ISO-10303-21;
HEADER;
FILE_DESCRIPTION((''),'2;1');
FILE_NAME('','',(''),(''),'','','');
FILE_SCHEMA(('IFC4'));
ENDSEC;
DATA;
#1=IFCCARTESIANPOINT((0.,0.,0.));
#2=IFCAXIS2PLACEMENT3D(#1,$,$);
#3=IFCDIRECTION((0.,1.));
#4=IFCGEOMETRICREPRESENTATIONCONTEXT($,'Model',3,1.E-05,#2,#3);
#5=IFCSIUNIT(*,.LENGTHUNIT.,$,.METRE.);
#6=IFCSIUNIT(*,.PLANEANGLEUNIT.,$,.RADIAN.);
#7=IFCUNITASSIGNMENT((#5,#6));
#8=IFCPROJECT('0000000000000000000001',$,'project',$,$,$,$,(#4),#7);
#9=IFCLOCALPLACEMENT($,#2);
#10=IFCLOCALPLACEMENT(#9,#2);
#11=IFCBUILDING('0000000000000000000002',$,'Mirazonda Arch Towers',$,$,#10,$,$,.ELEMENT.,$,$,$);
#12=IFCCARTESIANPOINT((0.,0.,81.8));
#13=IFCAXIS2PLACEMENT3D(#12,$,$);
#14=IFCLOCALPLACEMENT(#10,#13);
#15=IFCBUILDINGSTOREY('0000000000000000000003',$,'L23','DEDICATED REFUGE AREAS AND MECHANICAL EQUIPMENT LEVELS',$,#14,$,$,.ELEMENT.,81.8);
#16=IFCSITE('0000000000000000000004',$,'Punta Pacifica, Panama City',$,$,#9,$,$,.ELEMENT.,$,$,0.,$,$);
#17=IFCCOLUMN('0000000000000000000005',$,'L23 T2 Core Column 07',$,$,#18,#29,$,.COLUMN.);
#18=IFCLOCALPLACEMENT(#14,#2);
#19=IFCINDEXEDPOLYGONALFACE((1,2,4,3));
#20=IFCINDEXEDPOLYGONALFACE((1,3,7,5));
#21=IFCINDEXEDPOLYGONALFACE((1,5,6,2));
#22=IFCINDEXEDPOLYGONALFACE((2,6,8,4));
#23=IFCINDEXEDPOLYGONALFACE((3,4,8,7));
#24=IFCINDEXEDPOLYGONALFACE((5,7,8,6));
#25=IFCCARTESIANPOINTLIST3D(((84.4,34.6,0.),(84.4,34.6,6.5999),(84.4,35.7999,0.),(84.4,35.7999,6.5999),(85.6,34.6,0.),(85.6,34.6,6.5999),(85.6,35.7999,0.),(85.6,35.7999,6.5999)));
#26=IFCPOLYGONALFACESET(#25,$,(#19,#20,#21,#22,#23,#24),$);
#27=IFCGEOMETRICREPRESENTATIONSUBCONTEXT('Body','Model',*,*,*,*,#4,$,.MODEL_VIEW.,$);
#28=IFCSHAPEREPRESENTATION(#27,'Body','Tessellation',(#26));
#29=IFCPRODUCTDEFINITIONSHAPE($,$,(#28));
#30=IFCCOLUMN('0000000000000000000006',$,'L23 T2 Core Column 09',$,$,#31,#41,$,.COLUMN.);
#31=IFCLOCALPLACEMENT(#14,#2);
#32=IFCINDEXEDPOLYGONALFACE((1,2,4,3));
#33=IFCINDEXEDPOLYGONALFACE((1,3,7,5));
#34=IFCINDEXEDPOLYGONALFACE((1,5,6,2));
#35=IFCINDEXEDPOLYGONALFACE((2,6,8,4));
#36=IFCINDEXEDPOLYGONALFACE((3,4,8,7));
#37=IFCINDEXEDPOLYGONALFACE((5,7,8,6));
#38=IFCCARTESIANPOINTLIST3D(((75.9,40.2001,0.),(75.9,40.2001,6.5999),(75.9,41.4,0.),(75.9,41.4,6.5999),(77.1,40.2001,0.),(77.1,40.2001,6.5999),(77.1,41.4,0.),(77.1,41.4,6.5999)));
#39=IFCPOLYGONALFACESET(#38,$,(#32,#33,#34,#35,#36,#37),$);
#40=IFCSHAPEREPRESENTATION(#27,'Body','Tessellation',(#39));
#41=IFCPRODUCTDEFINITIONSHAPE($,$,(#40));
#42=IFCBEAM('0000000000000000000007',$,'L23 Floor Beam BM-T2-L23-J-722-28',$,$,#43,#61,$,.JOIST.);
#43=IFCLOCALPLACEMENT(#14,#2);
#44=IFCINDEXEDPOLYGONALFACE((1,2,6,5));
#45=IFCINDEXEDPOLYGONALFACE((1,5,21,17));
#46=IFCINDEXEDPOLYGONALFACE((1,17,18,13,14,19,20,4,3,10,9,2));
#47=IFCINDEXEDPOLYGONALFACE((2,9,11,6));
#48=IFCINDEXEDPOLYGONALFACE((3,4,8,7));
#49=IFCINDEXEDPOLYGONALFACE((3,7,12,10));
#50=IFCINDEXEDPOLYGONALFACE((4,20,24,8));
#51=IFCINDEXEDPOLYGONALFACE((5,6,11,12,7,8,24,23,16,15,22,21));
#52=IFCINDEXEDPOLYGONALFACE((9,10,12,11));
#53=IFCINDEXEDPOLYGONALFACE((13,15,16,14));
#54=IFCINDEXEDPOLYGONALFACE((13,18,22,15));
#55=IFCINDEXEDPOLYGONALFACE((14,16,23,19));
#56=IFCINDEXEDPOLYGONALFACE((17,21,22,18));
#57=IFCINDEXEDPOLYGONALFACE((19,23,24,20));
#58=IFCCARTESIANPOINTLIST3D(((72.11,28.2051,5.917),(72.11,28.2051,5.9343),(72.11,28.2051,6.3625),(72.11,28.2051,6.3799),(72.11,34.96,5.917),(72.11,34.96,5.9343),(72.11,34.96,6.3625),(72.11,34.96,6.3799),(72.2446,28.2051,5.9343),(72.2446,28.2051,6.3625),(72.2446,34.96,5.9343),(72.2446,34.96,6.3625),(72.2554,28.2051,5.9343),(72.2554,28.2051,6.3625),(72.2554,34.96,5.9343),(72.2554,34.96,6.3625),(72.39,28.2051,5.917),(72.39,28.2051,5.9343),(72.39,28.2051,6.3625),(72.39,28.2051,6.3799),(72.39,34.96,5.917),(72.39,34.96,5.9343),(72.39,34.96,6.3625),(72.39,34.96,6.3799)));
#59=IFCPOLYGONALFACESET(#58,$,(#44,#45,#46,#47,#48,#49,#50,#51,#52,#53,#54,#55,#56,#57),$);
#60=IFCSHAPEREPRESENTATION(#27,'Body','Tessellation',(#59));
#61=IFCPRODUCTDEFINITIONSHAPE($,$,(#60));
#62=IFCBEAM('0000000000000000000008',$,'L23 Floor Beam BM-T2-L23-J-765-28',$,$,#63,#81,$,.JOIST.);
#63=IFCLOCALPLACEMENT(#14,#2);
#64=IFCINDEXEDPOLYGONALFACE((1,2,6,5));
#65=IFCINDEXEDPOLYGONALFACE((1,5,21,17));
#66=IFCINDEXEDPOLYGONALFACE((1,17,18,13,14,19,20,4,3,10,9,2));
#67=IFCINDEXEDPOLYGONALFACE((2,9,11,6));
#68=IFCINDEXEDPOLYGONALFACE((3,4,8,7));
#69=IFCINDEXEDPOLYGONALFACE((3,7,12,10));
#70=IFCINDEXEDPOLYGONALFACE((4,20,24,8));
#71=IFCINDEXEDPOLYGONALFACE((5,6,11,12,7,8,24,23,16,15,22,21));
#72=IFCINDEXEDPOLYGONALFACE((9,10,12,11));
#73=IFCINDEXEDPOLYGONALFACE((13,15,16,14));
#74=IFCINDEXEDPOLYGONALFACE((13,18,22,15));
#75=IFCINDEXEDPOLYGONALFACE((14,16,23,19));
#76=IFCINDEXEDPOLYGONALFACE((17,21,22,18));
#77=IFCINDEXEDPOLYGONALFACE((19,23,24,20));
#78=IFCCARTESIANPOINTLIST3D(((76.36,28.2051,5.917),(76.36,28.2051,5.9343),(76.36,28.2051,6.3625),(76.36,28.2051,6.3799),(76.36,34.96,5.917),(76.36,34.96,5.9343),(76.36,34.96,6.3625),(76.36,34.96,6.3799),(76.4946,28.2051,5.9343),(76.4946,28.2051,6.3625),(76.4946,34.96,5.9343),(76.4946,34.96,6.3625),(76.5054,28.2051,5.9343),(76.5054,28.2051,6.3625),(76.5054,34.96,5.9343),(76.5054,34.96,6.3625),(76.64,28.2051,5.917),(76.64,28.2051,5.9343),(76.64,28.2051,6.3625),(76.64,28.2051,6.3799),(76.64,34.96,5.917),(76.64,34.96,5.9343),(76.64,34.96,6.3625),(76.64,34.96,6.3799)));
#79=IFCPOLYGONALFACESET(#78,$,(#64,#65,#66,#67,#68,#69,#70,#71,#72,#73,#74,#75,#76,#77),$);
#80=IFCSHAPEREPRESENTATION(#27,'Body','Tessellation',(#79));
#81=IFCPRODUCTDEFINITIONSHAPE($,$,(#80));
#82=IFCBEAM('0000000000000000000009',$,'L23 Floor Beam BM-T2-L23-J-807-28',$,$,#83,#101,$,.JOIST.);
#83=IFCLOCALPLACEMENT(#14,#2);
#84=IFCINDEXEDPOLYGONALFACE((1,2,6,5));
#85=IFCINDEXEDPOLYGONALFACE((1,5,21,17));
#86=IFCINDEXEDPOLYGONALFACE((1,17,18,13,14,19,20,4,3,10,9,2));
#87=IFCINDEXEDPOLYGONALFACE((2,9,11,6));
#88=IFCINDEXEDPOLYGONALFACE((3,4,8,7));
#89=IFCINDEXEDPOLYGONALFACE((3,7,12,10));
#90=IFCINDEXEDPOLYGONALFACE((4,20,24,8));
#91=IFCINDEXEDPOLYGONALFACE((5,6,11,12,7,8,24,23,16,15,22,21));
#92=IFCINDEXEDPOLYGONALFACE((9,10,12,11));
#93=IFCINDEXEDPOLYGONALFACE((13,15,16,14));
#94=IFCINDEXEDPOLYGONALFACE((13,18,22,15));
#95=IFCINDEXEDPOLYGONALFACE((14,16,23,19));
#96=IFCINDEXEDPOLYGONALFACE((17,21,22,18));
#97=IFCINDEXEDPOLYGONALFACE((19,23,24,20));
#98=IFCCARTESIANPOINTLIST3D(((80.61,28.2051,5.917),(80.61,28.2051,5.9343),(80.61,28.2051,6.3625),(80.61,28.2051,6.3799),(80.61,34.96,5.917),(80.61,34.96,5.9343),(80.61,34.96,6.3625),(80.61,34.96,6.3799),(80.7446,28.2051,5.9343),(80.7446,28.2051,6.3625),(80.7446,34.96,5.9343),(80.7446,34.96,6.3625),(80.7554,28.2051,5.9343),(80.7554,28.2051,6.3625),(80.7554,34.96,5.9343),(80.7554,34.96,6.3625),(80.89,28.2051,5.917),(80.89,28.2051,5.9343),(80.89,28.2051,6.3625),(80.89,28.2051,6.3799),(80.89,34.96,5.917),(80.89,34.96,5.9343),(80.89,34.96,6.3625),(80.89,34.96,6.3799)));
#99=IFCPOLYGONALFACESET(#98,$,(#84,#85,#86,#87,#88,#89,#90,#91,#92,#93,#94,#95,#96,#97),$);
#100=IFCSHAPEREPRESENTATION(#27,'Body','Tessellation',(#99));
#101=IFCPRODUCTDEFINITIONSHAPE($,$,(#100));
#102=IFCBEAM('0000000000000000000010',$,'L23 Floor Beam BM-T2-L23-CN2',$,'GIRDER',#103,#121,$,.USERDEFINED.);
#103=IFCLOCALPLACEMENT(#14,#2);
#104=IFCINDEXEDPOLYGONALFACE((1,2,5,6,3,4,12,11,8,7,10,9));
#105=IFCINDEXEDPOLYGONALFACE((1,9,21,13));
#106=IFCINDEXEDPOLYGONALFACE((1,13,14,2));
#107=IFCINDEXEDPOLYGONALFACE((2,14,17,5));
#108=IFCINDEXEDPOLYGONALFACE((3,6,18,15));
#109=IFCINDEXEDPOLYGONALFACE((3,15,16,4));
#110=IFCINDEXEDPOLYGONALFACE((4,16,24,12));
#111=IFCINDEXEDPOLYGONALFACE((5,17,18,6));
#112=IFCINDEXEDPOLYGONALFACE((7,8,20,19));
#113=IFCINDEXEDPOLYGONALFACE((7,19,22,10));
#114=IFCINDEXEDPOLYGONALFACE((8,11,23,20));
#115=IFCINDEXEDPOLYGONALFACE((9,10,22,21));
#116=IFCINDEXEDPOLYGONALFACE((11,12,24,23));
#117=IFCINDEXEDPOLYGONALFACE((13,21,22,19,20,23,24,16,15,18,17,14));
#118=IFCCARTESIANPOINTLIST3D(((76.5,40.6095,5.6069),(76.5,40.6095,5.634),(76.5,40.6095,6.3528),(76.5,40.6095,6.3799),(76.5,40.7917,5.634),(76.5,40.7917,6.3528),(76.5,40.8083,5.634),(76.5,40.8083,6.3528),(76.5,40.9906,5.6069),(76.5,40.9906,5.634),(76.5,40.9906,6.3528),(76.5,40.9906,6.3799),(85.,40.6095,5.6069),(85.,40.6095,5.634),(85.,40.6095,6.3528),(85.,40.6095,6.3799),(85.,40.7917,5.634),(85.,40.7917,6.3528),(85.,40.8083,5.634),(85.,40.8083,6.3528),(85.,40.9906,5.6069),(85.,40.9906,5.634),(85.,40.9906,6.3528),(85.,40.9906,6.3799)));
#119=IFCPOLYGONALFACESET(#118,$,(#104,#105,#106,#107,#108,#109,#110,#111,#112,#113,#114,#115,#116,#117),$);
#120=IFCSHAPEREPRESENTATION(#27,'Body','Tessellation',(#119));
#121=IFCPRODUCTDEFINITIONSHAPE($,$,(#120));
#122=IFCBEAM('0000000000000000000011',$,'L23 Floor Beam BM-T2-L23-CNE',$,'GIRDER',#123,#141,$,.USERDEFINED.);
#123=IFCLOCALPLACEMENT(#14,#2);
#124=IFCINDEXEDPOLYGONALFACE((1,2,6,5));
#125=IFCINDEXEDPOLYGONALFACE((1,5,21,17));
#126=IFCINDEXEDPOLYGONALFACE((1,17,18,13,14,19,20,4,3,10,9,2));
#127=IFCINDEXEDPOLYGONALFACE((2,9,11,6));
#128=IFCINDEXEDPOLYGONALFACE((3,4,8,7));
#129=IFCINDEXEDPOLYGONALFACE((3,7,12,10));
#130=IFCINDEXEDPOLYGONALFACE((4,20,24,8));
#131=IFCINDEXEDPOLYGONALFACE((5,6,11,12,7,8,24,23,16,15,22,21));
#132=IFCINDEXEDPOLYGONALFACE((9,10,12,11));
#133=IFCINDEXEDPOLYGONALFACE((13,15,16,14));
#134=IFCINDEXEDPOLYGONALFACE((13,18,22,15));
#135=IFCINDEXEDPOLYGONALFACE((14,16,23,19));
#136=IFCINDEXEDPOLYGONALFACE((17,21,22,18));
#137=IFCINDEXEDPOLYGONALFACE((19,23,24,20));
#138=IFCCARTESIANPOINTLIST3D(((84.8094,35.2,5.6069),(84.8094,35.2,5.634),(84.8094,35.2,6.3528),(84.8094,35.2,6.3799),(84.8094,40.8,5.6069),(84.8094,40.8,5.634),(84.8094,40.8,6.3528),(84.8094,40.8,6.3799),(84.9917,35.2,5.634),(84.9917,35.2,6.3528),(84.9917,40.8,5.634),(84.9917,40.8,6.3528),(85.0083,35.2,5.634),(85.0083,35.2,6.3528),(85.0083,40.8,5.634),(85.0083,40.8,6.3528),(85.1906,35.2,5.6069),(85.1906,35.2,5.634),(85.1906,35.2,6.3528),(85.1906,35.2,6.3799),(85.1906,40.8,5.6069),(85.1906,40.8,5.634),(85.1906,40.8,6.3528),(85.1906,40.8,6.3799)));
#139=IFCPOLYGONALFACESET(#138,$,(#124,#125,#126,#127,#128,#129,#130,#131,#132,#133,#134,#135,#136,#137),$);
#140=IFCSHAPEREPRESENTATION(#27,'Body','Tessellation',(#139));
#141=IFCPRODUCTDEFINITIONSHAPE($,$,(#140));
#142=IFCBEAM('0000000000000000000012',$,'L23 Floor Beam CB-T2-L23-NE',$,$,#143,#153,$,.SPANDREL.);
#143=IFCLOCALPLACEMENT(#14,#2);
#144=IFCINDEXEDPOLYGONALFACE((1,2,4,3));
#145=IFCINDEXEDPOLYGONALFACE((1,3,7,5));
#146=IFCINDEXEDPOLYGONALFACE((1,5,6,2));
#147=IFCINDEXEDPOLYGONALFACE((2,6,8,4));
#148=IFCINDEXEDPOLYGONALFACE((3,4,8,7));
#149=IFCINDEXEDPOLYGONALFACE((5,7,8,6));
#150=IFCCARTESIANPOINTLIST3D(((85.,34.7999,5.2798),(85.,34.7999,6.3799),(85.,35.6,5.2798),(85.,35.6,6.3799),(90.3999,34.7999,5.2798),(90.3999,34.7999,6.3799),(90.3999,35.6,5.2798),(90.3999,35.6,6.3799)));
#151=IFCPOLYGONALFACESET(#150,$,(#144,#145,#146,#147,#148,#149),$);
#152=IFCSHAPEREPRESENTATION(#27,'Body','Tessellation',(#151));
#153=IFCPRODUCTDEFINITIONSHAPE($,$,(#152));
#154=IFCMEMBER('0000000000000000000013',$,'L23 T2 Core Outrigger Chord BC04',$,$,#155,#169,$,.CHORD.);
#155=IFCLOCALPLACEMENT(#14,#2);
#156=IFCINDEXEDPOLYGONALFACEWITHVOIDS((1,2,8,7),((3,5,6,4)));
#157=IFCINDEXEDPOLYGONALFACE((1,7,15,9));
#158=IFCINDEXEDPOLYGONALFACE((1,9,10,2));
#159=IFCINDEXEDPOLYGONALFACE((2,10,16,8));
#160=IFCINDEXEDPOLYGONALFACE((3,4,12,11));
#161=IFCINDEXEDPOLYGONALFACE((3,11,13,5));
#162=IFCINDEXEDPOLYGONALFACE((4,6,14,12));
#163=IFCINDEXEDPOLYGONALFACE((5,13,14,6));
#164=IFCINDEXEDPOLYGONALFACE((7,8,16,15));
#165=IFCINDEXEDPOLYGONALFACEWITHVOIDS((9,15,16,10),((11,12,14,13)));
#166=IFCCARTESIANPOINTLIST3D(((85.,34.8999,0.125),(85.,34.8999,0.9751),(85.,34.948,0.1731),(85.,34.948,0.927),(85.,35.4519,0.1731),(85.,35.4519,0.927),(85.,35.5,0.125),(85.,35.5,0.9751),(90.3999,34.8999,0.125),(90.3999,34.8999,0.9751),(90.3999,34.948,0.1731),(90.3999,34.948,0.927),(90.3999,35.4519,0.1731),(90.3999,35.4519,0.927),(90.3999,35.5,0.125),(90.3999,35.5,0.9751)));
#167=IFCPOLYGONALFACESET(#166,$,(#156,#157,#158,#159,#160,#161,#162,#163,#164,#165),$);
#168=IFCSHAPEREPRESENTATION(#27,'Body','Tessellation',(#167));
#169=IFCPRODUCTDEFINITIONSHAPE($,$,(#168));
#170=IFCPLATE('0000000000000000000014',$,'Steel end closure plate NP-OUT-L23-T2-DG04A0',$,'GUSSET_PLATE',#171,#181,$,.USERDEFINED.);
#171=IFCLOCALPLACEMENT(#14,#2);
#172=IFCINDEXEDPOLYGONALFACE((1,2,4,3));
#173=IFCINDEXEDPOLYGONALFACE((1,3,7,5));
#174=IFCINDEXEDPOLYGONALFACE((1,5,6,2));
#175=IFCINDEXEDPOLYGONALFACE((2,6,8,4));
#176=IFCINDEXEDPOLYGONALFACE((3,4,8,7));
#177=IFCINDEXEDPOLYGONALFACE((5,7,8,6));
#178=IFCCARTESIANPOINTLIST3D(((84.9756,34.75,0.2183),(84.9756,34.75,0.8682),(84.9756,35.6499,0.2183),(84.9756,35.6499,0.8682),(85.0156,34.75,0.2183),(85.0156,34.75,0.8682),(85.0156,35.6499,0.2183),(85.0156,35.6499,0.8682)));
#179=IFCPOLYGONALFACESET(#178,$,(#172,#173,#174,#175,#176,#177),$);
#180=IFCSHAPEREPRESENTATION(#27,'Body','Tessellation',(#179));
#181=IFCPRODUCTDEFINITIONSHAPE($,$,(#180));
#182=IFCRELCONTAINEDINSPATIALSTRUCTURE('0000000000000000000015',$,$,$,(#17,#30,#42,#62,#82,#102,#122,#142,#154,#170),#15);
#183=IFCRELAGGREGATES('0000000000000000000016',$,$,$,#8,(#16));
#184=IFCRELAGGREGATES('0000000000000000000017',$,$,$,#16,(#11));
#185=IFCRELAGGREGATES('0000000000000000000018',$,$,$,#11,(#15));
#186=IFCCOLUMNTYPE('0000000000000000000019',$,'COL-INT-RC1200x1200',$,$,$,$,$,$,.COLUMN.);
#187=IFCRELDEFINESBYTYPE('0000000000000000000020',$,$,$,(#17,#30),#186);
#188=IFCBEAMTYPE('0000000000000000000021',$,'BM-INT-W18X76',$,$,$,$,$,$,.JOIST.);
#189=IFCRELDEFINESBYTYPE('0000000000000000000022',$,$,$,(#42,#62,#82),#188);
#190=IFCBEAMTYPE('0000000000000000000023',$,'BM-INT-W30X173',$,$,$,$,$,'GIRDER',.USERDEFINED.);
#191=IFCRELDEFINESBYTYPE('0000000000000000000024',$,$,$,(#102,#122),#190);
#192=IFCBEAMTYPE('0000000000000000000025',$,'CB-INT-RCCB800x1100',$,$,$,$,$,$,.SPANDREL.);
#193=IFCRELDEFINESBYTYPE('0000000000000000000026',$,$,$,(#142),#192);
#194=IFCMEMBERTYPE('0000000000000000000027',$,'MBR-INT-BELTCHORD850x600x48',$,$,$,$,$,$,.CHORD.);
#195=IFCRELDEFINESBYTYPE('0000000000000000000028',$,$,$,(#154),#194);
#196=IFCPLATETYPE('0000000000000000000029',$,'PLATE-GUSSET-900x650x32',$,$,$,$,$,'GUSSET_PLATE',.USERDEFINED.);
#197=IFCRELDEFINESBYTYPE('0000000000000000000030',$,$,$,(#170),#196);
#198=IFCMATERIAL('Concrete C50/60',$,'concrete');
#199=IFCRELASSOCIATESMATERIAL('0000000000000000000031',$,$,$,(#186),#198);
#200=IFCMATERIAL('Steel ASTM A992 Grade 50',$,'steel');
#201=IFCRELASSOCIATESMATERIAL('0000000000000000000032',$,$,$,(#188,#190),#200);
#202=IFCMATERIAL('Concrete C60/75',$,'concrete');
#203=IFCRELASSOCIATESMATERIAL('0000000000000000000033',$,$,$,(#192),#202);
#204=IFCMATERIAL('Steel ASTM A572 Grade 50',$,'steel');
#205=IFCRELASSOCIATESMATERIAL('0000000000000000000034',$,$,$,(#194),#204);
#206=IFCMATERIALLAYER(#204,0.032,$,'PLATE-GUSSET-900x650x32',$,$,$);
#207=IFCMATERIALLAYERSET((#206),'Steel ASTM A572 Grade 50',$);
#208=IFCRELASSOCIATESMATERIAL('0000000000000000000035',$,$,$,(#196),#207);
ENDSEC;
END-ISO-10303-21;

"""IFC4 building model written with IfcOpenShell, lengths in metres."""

from ifc_helpers import new_model, si_unit, direction, frame, origin, origin_2d, place, context, subcontext, project, spatial, rectangle, hollow_rectangle, i_section, extrude, material, layer, layer_set, material_profile, profile_set, type_object, element, save


model = new_model("IFC4")

# Units and contexts
model_context = context("Model", 3, precision=1e-05, world=origin(), true_north=direction((0.0, 1.0)))
body_context = subcontext(model_context, "Body", "Model", "MODEL_VIEW")
ifc_project = project(units=[si_unit("LENGTHUNIT", "METRE"), si_unit("PLANEANGLEUNIT", "RADIAN")], contexts=[model_context])

# Site, building, storey
site_placement = place(None, origin())
site = spatial("IfcSite", under=ifc_project, at=site_placement, Name="Punta Pacifica, Panama City", CompositionType="ELEMENT", RefElevation=0.0)
building_placement = place(site_placement, origin())
building = spatial("IfcBuilding", under=site, at=building_placement, Name="Mirazonda Arch Towers", CompositionType="ELEMENT")
storey_placement = place(building_placement, frame((0.0, 0.0, 81.8)))
storey = spatial("IfcBuildingStorey", under=building, at=storey_placement, Name="L23", Description="DEDICATED REFUGE AREAS AND MECHANICAL EQUIPMENT LEVELS", CompositionType="ELEMENT", Elevation=81.8)

# Columns
ifc_material_1 = material(Name="Concrete C50/60", Category="concrete")
ifc_material_profile_1 = material_profile(ifc_material_1, rectangle(XDim=1.2, YDim=1.2, at=origin_2d()), Name="RC1200x1200")
ifc_profile_set_1 = profile_set([ifc_material_profile_1], Name="Concrete C50/60")
column_type = type_object("IfcColumnType", Name="COL-INT-RC1200x1200", PredefinedType="COLUMN", material=ifc_profile_set_1)
for number, where, z_axis, x_axis, name in (
    (1, (85.0, 35.2, 0.0), (0.0, 0.0, 1.0), (1.0, 0.0, 0.0), "L23 T2 Core Column 07"),
    (2, (76.5, 40.8, 0.0), (0.0, 0.0, 1.0), (1.0, 0.0, 0.0), "L23 T2 Core Column 09"),
):
    element("IfcColumn", number, at=place(storey_placement, frame(where, z_axis=z_axis, x_axis=x_axis)), inside=storey, type_object=column_type, Name=name, PredefinedType="COLUMN", context=body_context, shape_type="SweptSolid", body=[
        extrude(rectangle(XDim=1.2, YDim=1.2, at=origin_2d()), origin(), (0.0, 0.0, 1.0), 6.5999),
    ])

# Beams
ifc_material_2 = material(Name="Steel ASTM A992 Grade 50", Category="steel")
ifc_material_profile_2 = material_profile(ifc_material_2, i_section(OverallWidth=0.28, OverallDepth=0.4629, WebThickness=0.0107, FlangeThickness=0.0173, at=origin_2d()), Name="W18X76")
ifc_profile_set_2 = profile_set([ifc_material_profile_2], Name="Steel ASTM A992 Grade 50")
beam_type_1 = type_object("IfcBeamType", Name="BM-INT-W18X76", PredefinedType="JOIST", material=ifc_profile_set_2)
for number, where, z_axis, x_axis, name in (
    (3, (72.25, 28.2051, 6.1484), (0.0, 1.0, 0.0), (-1.0, 0.0, 0.0), "L23 Floor Beam BM-T2-L23-J-722-28"),
    (4, (76.5, 28.2051, 6.1484), (0.0, 1.0, 0.0), (-1.0, 0.0, 0.0), "L23 Floor Beam BM-T2-L23-J-765-28"),
    (5, (80.75, 28.2051, 6.1484), (0.0, 1.0, 0.0), (-1.0, 0.0, 0.0), "L23 Floor Beam BM-T2-L23-J-807-28"),
):
    element("IfcBeam", number, at=place(storey_placement, frame(where, z_axis=z_axis, x_axis=x_axis)), inside=storey, type_object=beam_type_1, Name=name, PredefinedType="JOIST", context=body_context, shape_type="SweptSolid", body=[
        extrude(i_section(OverallWidth=0.28, OverallDepth=0.4629, WebThickness=0.0107, FlangeThickness=0.0173, at=origin_2d()), origin(), (0.0, 0.0, 1.0), 6.7549),
    ])
ifc_material_profile_3 = material_profile(ifc_material_2, i_section(OverallWidth=0.3811, OverallDepth=0.7729, WebThickness=0.0166, FlangeThickness=0.0271, at=origin_2d()), Name="W30X173")
ifc_profile_set_3 = profile_set([ifc_material_profile_3], Name="Steel ASTM A992 Grade 50")
beam_type_2 = type_object("IfcBeamType", Name="BM-INT-W30X173", ElementType="GIRDER", PredefinedType="USERDEFINED", material=ifc_profile_set_3)
beam_1_placement = place(storey_placement, frame((76.5, 40.8, 5.9934), z_axis=(1.0, 0.0, 0.0), x_axis=(0.0, 1.0, 0.0)))
element("IfcBeam", 6, at=beam_1_placement, inside=storey, type_object=beam_type_2, Name="L23 Floor Beam BM-T2-L23-CN2", ObjectType="GIRDER", PredefinedType="USERDEFINED", context=body_context, shape_type="SweptSolid", body=[
    extrude(i_section(OverallWidth=0.3811, OverallDepth=0.7729, WebThickness=0.0166, FlangeThickness=0.0271, at=origin_2d()), origin(), (0.0, 0.0, 1.0), 8.5),
])
beam_2_placement = place(storey_placement, frame((85.0, 35.2, 5.9934), z_axis=(0.0, 1.0, 0.0), x_axis=(-1.0, 0.0, 0.0)))
element("IfcBeam", 7, at=beam_2_placement, inside=storey, type_object=beam_type_2, Name="L23 Floor Beam BM-T2-L23-CNE", ObjectType="GIRDER", PredefinedType="USERDEFINED", context=body_context, shape_type="SweptSolid", body=[
    extrude(i_section(OverallWidth=0.3811, OverallDepth=0.7729, WebThickness=0.0166, FlangeThickness=0.0271, at=origin_2d()), origin(), (0.0, 0.0, 1.0), 5.6001),
])
ifc_material_3 = material(Name="Concrete C60/75", Category="concrete")
ifc_material_profile_4 = material_profile(ifc_material_3, rectangle(XDim=0.8, YDim=1.1001, at=origin_2d()), Name="RCCB800x1100")
ifc_profile_set_4 = profile_set([ifc_material_profile_4], Name="Concrete C60/75")
beam_type_3 = type_object("IfcBeamType", Name="CB-INT-RCCB800x1100", PredefinedType="SPANDREL", material=ifc_profile_set_4)
beam_3_placement = place(storey_placement, frame((85.0, 35.2, 5.8298), z_axis=(1.0, 0.0, 0.0), x_axis=(0.0, 1.0, 0.0)))
element("IfcBeam", 8, at=beam_3_placement, inside=storey, type_object=beam_type_3, Name="L23 Floor Beam CB-T2-L23-NE", PredefinedType="SPANDREL", context=body_context, shape_type="SweptSolid", body=[
    extrude(rectangle(XDim=0.8, YDim=1.1001, at=origin_2d()), origin(), (0.0, 0.0, 1.0), 5.3999),
])

# Member
ifc_material_4 = material(Name="Steel ASTM A572 Grade 50", Category="steel")
ifc_material_profile_5 = material_profile(ifc_material_4, hollow_rectangle(XDim=0.6001, YDim=0.8501, WallThickness=0.0481, at=origin_2d()), Name="BELTCHORD850x600x48")
ifc_profile_set_5 = profile_set([ifc_material_profile_5], Name="Steel ASTM A572 Grade 50")
member_type = type_object("IfcMemberType", Name="MBR-INT-BELTCHORD850x600x48", PredefinedType="CHORD", material=ifc_profile_set_5)
member_placement = place(storey_placement, frame((85.0, 35.2, 0.55), z_axis=(1.0, 0.0, 0.0), x_axis=(0.0, 1.0, 0.0)))
element("IfcMember", 9, at=member_placement, inside=storey, type_object=member_type, Name="L23 T2 Core Outrigger Chord BC04", PredefinedType="CHORD", context=body_context, shape_type="SweptSolid", body=[
    extrude(hollow_rectangle(XDim=0.6001, YDim=0.8501, WallThickness=0.0481, at=origin_2d()), origin(), (0.0, 0.0, 1.0), 5.3999),
])

# Plate
ifc_layer_1 = layer(ifc_material_4, 0.032, Name="PLATE-GUSSET-900x650x32")
ifc_layer_set_1 = layer_set([ifc_layer_1], Name="Steel ASTM A572 Grade 50")
plate_type = type_object("IfcPlateType", Name="PLATE-GUSSET-900x650x32", ElementType="GUSSET_PLATE", PredefinedType="USERDEFINED", material=ifc_layer_set_1)
plate_placement = place(storey_placement, frame((84.9956, 35.2, 0.2183), z_axis=(0.0, 0.0, 1.0), x_axis=(-1.0, 0.0, 0.0)))
element("IfcPlate", 10, at=plate_placement, inside=storey, type_object=plate_type, Name="Steel end closure plate NP-OUT-L23-T2-DG04A0", ObjectType="GUSSET_PLATE", PredefinedType="USERDEFINED", context=body_context, shape_type="SweptSolid", body=[
    extrude(rectangle(XDim=0.04, YDim=0.8999, at=origin_2d()), origin(), (0.0, 0.0, 1.0), 0.6499),
])

save(model, "model.ifc")
